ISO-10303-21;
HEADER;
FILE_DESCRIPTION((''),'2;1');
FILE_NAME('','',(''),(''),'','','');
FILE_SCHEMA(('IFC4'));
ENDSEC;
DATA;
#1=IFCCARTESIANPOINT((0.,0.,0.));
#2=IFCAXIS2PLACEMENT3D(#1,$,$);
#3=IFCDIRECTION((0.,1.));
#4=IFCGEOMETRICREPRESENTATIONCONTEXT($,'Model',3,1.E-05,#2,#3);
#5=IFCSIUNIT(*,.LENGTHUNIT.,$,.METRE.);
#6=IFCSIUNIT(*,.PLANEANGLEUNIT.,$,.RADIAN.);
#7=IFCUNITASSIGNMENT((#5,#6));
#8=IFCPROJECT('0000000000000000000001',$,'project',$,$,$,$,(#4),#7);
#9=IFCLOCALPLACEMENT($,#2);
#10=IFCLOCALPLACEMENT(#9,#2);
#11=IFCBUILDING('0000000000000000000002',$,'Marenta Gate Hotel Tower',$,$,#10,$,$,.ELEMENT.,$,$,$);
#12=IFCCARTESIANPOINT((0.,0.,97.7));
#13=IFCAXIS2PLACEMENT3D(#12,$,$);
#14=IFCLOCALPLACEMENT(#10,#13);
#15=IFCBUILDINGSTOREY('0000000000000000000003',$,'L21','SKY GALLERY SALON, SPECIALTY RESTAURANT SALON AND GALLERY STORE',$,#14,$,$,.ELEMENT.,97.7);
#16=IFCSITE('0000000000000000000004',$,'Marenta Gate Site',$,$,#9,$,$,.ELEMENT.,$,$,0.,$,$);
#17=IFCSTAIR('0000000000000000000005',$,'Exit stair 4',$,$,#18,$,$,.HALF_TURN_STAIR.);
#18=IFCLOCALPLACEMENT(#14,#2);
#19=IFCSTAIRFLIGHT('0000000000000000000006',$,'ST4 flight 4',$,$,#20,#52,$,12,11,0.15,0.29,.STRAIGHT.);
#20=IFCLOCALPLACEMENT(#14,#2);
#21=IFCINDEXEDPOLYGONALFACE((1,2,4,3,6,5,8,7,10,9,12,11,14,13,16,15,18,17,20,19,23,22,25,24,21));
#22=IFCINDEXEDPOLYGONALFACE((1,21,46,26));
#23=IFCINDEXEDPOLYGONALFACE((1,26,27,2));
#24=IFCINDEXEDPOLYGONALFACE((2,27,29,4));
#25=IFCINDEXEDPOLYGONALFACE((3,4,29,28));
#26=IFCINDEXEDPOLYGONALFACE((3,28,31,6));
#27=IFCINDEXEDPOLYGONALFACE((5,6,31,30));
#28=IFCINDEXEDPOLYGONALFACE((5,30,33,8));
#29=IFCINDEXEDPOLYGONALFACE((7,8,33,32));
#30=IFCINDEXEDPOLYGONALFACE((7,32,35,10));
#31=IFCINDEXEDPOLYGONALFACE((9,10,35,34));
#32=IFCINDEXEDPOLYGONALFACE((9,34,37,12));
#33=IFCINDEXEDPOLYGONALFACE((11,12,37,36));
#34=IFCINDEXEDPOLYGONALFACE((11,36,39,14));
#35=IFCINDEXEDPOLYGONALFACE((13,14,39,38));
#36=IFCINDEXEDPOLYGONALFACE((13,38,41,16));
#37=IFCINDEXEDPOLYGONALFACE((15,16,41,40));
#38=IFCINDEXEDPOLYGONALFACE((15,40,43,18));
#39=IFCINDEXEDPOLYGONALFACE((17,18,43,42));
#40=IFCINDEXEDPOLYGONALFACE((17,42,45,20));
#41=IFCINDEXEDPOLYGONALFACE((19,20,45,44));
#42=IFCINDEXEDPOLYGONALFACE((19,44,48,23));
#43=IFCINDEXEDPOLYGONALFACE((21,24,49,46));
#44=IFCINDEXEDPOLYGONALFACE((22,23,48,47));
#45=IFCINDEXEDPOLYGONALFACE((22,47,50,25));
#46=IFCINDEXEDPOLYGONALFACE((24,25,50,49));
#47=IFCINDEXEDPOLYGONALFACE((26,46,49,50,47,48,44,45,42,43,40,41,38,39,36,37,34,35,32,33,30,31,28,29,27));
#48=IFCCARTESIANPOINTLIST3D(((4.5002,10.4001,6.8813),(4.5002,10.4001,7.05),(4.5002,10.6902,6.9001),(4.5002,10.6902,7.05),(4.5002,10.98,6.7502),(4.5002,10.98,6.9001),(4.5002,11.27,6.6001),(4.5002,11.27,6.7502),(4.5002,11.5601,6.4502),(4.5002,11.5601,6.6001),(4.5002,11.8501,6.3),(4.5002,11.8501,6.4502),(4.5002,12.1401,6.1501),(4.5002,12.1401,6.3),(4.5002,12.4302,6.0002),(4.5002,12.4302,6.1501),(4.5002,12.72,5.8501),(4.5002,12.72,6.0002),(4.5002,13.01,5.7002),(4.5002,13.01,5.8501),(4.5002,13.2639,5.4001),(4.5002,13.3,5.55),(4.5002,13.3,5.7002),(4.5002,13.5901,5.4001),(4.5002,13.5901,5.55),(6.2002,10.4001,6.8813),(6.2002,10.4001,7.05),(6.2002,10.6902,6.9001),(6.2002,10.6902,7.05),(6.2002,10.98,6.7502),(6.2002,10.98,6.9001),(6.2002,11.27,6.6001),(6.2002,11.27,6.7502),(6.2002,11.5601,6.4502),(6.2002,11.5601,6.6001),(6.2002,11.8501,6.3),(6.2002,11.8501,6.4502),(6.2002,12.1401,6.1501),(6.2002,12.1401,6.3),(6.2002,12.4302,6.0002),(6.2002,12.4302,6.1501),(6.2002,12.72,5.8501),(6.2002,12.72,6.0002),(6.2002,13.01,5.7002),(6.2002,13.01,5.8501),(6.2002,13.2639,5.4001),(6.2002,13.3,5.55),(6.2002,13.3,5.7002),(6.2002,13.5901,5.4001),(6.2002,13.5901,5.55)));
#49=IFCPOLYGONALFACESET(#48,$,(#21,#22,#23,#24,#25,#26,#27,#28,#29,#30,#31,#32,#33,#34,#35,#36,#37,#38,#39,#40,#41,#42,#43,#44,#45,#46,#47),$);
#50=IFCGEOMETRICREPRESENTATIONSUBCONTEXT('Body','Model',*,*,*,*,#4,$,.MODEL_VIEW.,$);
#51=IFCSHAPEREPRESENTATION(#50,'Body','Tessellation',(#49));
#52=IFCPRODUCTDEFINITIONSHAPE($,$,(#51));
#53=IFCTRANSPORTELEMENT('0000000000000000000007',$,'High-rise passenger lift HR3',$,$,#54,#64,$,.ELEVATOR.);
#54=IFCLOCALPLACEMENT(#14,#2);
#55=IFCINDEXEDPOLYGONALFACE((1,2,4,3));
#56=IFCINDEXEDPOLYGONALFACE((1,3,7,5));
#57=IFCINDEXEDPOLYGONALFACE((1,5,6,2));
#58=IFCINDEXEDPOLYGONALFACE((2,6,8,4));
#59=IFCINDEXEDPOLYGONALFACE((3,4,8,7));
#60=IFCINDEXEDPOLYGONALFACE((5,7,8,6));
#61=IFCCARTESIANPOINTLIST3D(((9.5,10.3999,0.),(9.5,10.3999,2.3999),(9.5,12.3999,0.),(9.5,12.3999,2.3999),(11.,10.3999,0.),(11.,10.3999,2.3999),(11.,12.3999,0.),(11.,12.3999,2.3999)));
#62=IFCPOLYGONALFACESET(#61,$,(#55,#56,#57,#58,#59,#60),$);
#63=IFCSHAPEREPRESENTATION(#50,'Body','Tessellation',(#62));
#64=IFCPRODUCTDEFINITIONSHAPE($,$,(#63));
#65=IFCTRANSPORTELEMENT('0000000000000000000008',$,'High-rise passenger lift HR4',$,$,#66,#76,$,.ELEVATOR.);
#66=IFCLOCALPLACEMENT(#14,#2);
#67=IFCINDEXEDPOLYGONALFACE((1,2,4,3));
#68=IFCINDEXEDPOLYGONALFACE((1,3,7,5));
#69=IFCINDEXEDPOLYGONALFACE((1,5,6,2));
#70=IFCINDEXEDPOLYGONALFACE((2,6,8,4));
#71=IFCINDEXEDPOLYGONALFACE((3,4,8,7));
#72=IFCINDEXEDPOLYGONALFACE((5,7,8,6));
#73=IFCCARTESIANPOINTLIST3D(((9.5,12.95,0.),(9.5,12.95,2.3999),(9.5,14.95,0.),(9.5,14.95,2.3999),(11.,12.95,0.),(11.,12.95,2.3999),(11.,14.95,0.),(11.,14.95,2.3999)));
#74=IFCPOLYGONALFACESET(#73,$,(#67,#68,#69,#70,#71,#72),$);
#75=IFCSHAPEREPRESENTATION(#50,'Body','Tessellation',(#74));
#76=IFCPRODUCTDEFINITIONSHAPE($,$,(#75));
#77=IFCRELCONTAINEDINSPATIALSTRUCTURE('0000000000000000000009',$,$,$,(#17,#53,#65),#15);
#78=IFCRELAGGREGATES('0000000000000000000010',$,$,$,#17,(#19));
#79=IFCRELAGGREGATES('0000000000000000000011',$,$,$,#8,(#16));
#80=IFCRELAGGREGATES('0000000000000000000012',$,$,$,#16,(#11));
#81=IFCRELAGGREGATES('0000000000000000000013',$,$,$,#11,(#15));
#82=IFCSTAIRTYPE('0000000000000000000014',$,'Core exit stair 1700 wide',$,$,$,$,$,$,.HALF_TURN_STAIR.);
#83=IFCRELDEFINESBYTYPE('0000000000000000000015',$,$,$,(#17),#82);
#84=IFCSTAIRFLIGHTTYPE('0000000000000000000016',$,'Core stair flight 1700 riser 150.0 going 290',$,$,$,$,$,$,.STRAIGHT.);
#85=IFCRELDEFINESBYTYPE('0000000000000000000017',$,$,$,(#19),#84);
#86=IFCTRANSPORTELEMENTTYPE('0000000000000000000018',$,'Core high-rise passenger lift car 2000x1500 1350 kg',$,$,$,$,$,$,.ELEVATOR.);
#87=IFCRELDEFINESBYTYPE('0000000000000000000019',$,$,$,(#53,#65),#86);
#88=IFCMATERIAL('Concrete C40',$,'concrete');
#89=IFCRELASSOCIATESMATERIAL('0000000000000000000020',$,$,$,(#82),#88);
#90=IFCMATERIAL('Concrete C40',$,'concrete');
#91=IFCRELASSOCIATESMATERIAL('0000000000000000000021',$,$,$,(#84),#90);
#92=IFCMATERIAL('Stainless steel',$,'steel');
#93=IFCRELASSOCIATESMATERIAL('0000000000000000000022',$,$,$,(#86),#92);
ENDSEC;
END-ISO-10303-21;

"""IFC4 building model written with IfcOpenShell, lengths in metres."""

from ifc_helpers import new_model, si_unit, direction, frame, origin, origin_2d, place, context, subcontext, project, spatial, polyline, rectangle, outline, extrude, material, type_object, element, aggregate, save


model = new_model("IFC4")

# Units and contexts
model_context = context("Model", 3, precision=1e-05, world=origin(), true_north=direction((0.0, 1.0)))
body_context = subcontext(model_context, "Body", "Model", "MODEL_VIEW")
ifc_project = project(units=[si_unit("LENGTHUNIT", "METRE"), si_unit("PLANEANGLEUNIT", "RADIAN")], contexts=[model_context])

# Site, building, storey
site_placement = place(None, origin())
site = spatial("IfcSite", under=ifc_project, at=site_placement, Name="Marenta Gate Site", CompositionType="ELEMENT", RefElevation=0.0)
building_placement = place(site_placement, origin())
building = spatial("IfcBuilding", under=site, at=building_placement, Name="Marenta Gate Hotel Tower", CompositionType="ELEMENT")
storey_placement = place(building_placement, frame((0.0, 0.0, 97.7)))
storey = spatial("IfcBuildingStorey", under=building, at=storey_placement, Name="L21", Description="SKY GALLERY SALON, SPECIALTY RESTAURANT SALON AND GALLERY STORE", CompositionType="ELEMENT", Elevation=97.7)

# Stair, stair flight
ifc_material_1 = material(Name="Concrete C40", Category="concrete")
stair_type = type_object("IfcStairType", Name="Core exit stair 1700 wide", PredefinedType="HALF_TURN_STAIR", material=ifc_material_1)
stair_placement = place(storey_placement, origin())
stair = element("IfcStair", 1, at=stair_placement, inside=storey, type_object=stair_type, Name="Exit stair 4", PredefinedType="HALF_TURN_STAIR")
ifc_material_2 = material(Name="Concrete C40", Category="concrete")
stair_flight_type = type_object("IfcStairFlightType", Name="Core stair flight 1700 riser 150.0 going 290", PredefinedType="STRAIGHT", material=ifc_material_2)
stair_flight_1_placement = place(storey_placement, frame((5.3501, 13.5901, 5.4001), z_axis=(0.0, 0.0, 1.0), x_axis=(0.0, -1.0, 0.0)))
stair_flight_1 = element("IfcStairFlight", 2, at=stair_flight_1_placement, type_object=stair_flight_type, Name="ST4 flight 4", NumberOfRisers=12, NumberOfTreads=11, PredefinedType="STRAIGHT", RiserHeight=0.15, TreadLength=0.29, context=body_context, shape_type="SweptSolid", body=[
    extrude(outline(polyline([(0.0, 0.0), (0.0, 0.1499), (0.29, 0.1499), (0.29, 0.3), (0.5801, 0.3), (0.5801, 0.45), (0.8701, 0.45), (0.8701, 0.6001), (1.1599, 0.6001), (1.1599, 0.75), (1.45, 0.75), (1.45, 0.8999), (1.74, 0.8999), (1.74, 1.05), (2.03, 1.05), (2.03, 1.2), (2.3201, 1.2), (2.3201, 1.3501), (2.6101, 1.3501), (2.6101, 1.5), (2.8999, 1.5), (2.8999, 1.6499), (3.1899, 1.6499), (3.1899, 1.8), (3.1899, 1.4812), (0.3262, 0.0), (0.0, 0.0)])), frame((0.0, 0.8501, 0.0), z_axis=(0.0, -1.0, 0.0), x_axis=(1.0, 0.0, 0.0)), (0.0, 0.0, 1.0), 1.7),
])
aggregate(stair, [stair_flight_1])

# Transport elements
ifc_material_3 = material(Name="Stainless steel", Category="steel")
transport_element_type = type_object("IfcTransportElementType", Name="Core high-rise passenger lift car 2000x1500 1350 kg", PredefinedType="ELEVATOR", material=ifc_material_3)
for number, where, z_axis, x_axis, name in (
    (3, (10.25, 11.3999, 0.0), (0.0, 0.0, 1.0), (1.0, 0.0, 0.0), "High-rise passenger lift HR3"),
    (4, (10.25, 13.95, 0.0), (0.0, 0.0, 1.0), (1.0, 0.0, 0.0), "High-rise passenger lift HR4"),
):
    element("IfcTransportElement", number, at=place(storey_placement, frame(where, z_axis=z_axis, x_axis=x_axis)), inside=storey, type_object=transport_element_type, Name=name, PredefinedType="ELEVATOR", context=body_context, shape_type="SweptSolid", body=[
        extrude(rectangle(XDim=1.5, YDim=2.0, at=origin_2d()), origin(), (0.0, 0.0, 1.0), 2.3999),
    ])

save(model, "model.ifc")
